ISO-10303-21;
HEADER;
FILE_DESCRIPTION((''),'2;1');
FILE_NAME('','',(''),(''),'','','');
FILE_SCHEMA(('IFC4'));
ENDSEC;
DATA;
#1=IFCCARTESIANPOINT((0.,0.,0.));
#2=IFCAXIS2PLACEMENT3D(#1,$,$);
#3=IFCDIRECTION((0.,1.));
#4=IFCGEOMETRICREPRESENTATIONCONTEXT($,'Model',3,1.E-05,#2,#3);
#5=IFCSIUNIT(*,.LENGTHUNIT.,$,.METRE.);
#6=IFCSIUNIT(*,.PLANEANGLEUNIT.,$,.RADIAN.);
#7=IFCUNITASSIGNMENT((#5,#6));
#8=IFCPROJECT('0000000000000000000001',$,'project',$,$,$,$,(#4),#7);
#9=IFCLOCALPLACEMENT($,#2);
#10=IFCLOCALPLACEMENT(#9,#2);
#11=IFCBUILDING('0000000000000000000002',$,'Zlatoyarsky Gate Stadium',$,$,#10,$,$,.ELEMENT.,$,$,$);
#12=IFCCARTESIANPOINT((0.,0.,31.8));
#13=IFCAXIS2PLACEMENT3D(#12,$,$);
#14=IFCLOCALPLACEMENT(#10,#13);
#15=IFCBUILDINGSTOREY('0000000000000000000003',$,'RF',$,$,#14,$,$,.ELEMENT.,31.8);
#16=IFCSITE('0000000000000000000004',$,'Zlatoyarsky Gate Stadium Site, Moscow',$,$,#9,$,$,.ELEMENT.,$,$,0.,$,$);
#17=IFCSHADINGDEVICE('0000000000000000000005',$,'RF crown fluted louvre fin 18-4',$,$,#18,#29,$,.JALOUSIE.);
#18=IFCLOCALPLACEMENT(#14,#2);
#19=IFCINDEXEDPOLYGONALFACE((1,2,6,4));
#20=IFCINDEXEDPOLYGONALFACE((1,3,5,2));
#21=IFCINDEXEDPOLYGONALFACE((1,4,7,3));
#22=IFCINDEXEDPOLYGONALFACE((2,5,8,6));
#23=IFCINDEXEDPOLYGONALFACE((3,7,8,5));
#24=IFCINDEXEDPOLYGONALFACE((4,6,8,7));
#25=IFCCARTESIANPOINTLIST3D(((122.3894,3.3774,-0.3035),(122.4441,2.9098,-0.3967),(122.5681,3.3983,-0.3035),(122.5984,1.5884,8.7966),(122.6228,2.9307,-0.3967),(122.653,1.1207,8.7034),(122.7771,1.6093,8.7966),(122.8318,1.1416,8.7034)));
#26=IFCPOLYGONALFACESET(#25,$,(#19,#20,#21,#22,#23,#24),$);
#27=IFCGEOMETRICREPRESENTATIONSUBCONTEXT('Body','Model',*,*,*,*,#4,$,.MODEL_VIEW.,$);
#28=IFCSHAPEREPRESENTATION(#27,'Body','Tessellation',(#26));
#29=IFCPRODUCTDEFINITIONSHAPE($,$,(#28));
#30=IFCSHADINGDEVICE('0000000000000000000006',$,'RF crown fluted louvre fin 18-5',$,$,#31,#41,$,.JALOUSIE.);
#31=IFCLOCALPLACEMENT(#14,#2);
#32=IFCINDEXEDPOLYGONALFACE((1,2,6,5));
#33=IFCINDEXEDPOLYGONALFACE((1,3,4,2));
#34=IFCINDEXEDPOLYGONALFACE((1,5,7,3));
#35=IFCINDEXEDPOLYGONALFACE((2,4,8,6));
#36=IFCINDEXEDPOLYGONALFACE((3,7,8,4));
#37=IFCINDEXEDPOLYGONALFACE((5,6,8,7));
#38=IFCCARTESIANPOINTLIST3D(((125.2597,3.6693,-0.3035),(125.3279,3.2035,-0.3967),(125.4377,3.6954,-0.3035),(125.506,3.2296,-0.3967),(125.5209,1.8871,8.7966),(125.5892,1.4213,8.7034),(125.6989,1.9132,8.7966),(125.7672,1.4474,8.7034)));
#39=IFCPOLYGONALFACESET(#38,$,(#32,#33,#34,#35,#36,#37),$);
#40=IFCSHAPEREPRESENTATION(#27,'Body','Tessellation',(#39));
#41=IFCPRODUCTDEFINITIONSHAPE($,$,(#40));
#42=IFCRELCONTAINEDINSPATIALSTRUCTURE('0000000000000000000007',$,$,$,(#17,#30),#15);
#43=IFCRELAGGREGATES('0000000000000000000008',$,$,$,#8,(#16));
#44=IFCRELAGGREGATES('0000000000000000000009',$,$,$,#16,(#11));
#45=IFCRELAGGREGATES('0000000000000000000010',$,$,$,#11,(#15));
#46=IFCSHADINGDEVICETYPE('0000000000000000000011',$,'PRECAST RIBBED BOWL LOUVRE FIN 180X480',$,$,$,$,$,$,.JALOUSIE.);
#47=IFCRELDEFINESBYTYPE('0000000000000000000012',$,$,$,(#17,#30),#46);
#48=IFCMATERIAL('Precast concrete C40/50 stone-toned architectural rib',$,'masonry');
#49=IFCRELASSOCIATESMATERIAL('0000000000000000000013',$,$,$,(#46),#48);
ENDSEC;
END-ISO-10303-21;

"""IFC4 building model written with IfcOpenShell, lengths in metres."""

from ifc_helpers import new_model, si_unit, direction, frame, origin, origin_2d, place, context, subcontext, project, spatial, rectangle, extrude, material, material_profile, profile_set, type_object, element, save


model = new_model("IFC4")

# Units and contexts
model_context = context("Model", 3, precision=1e-05, world=origin(), true_north=direction((0.0, 1.0)))
body_context = subcontext(model_context, "Body", "Model", "MODEL_VIEW")
ifc_project = project(units=[si_unit("LENGTHUNIT", "METRE"), si_unit("PLANEANGLEUNIT", "RADIAN")], contexts=[model_context])

# Site, building, storey
site_placement = place(None, origin())
site = spatial("IfcSite", under=ifc_project, at=site_placement, Name="Zlatoyarsky Gate Stadium Site, Moscow", CompositionType="ELEMENT", RefElevation=0.0)
building_placement = place(site_placement, origin())
building = spatial("IfcBuilding", under=site, at=building_placement, Name="Zlatoyarsky Gate Stadium", CompositionType="ELEMENT")
storey_placement = place(building_placement, frame((0.0, 0.0, 31.8)))
storey = spatial("IfcBuildingStorey", under=building, at=storey_placement, Name="RF", CompositionType="ELEMENT", Elevation=31.8)

# Shading devices
ifc_material_1 = material(Name="Precast concrete C40/50 stone-toned architectural rib", Category="masonry")
ifc_material_profile_1 = material_profile(ifc_material_1, rectangle(XDim=0.1799, YDim=0.48, at=origin_2d()), Name="RIB 180X480")
ifc_profile_set_1 = profile_set([ifc_material_profile_1], Name="Precast concrete C40/50 stone-toned architectural rib")
shading_device_type = type_object("IfcShadingDeviceType", Name="PRECAST RIBBED BOWL LOUVRE FIN 180X480", PredefinedType="JALOUSIE", material=ifc_profile_set_1)
for number, where, z_axis, x_axis, name in (
    (1, (122.5061, 3.1541, -0.3501), (0.022528, -0.192857, 0.980968), (0.993246, 0.116023, 0.0), "RF crown fluted louvre fin 18-4"),
    (2, (125.3828, 3.4495, -0.3501), (0.02816, -0.19212, 0.980967), (0.989428, 0.145026, 0.0), "RF crown fluted louvre fin 18-5"),
):
    element("IfcShadingDevice", number, at=place(storey_placement, frame(where, z_axis=z_axis, x_axis=x_axis)), inside=storey, type_object=shading_device_type, Name=name, PredefinedType="JALOUSIE", context=body_context, shape_type="SweptSolid", body=[
        extrude(rectangle(XDim=0.1799, YDim=0.48, at=origin_2d()), origin(), (0.0, 0.0, 1.0), 9.2766),
    ])

save(model, "model.ifc")
